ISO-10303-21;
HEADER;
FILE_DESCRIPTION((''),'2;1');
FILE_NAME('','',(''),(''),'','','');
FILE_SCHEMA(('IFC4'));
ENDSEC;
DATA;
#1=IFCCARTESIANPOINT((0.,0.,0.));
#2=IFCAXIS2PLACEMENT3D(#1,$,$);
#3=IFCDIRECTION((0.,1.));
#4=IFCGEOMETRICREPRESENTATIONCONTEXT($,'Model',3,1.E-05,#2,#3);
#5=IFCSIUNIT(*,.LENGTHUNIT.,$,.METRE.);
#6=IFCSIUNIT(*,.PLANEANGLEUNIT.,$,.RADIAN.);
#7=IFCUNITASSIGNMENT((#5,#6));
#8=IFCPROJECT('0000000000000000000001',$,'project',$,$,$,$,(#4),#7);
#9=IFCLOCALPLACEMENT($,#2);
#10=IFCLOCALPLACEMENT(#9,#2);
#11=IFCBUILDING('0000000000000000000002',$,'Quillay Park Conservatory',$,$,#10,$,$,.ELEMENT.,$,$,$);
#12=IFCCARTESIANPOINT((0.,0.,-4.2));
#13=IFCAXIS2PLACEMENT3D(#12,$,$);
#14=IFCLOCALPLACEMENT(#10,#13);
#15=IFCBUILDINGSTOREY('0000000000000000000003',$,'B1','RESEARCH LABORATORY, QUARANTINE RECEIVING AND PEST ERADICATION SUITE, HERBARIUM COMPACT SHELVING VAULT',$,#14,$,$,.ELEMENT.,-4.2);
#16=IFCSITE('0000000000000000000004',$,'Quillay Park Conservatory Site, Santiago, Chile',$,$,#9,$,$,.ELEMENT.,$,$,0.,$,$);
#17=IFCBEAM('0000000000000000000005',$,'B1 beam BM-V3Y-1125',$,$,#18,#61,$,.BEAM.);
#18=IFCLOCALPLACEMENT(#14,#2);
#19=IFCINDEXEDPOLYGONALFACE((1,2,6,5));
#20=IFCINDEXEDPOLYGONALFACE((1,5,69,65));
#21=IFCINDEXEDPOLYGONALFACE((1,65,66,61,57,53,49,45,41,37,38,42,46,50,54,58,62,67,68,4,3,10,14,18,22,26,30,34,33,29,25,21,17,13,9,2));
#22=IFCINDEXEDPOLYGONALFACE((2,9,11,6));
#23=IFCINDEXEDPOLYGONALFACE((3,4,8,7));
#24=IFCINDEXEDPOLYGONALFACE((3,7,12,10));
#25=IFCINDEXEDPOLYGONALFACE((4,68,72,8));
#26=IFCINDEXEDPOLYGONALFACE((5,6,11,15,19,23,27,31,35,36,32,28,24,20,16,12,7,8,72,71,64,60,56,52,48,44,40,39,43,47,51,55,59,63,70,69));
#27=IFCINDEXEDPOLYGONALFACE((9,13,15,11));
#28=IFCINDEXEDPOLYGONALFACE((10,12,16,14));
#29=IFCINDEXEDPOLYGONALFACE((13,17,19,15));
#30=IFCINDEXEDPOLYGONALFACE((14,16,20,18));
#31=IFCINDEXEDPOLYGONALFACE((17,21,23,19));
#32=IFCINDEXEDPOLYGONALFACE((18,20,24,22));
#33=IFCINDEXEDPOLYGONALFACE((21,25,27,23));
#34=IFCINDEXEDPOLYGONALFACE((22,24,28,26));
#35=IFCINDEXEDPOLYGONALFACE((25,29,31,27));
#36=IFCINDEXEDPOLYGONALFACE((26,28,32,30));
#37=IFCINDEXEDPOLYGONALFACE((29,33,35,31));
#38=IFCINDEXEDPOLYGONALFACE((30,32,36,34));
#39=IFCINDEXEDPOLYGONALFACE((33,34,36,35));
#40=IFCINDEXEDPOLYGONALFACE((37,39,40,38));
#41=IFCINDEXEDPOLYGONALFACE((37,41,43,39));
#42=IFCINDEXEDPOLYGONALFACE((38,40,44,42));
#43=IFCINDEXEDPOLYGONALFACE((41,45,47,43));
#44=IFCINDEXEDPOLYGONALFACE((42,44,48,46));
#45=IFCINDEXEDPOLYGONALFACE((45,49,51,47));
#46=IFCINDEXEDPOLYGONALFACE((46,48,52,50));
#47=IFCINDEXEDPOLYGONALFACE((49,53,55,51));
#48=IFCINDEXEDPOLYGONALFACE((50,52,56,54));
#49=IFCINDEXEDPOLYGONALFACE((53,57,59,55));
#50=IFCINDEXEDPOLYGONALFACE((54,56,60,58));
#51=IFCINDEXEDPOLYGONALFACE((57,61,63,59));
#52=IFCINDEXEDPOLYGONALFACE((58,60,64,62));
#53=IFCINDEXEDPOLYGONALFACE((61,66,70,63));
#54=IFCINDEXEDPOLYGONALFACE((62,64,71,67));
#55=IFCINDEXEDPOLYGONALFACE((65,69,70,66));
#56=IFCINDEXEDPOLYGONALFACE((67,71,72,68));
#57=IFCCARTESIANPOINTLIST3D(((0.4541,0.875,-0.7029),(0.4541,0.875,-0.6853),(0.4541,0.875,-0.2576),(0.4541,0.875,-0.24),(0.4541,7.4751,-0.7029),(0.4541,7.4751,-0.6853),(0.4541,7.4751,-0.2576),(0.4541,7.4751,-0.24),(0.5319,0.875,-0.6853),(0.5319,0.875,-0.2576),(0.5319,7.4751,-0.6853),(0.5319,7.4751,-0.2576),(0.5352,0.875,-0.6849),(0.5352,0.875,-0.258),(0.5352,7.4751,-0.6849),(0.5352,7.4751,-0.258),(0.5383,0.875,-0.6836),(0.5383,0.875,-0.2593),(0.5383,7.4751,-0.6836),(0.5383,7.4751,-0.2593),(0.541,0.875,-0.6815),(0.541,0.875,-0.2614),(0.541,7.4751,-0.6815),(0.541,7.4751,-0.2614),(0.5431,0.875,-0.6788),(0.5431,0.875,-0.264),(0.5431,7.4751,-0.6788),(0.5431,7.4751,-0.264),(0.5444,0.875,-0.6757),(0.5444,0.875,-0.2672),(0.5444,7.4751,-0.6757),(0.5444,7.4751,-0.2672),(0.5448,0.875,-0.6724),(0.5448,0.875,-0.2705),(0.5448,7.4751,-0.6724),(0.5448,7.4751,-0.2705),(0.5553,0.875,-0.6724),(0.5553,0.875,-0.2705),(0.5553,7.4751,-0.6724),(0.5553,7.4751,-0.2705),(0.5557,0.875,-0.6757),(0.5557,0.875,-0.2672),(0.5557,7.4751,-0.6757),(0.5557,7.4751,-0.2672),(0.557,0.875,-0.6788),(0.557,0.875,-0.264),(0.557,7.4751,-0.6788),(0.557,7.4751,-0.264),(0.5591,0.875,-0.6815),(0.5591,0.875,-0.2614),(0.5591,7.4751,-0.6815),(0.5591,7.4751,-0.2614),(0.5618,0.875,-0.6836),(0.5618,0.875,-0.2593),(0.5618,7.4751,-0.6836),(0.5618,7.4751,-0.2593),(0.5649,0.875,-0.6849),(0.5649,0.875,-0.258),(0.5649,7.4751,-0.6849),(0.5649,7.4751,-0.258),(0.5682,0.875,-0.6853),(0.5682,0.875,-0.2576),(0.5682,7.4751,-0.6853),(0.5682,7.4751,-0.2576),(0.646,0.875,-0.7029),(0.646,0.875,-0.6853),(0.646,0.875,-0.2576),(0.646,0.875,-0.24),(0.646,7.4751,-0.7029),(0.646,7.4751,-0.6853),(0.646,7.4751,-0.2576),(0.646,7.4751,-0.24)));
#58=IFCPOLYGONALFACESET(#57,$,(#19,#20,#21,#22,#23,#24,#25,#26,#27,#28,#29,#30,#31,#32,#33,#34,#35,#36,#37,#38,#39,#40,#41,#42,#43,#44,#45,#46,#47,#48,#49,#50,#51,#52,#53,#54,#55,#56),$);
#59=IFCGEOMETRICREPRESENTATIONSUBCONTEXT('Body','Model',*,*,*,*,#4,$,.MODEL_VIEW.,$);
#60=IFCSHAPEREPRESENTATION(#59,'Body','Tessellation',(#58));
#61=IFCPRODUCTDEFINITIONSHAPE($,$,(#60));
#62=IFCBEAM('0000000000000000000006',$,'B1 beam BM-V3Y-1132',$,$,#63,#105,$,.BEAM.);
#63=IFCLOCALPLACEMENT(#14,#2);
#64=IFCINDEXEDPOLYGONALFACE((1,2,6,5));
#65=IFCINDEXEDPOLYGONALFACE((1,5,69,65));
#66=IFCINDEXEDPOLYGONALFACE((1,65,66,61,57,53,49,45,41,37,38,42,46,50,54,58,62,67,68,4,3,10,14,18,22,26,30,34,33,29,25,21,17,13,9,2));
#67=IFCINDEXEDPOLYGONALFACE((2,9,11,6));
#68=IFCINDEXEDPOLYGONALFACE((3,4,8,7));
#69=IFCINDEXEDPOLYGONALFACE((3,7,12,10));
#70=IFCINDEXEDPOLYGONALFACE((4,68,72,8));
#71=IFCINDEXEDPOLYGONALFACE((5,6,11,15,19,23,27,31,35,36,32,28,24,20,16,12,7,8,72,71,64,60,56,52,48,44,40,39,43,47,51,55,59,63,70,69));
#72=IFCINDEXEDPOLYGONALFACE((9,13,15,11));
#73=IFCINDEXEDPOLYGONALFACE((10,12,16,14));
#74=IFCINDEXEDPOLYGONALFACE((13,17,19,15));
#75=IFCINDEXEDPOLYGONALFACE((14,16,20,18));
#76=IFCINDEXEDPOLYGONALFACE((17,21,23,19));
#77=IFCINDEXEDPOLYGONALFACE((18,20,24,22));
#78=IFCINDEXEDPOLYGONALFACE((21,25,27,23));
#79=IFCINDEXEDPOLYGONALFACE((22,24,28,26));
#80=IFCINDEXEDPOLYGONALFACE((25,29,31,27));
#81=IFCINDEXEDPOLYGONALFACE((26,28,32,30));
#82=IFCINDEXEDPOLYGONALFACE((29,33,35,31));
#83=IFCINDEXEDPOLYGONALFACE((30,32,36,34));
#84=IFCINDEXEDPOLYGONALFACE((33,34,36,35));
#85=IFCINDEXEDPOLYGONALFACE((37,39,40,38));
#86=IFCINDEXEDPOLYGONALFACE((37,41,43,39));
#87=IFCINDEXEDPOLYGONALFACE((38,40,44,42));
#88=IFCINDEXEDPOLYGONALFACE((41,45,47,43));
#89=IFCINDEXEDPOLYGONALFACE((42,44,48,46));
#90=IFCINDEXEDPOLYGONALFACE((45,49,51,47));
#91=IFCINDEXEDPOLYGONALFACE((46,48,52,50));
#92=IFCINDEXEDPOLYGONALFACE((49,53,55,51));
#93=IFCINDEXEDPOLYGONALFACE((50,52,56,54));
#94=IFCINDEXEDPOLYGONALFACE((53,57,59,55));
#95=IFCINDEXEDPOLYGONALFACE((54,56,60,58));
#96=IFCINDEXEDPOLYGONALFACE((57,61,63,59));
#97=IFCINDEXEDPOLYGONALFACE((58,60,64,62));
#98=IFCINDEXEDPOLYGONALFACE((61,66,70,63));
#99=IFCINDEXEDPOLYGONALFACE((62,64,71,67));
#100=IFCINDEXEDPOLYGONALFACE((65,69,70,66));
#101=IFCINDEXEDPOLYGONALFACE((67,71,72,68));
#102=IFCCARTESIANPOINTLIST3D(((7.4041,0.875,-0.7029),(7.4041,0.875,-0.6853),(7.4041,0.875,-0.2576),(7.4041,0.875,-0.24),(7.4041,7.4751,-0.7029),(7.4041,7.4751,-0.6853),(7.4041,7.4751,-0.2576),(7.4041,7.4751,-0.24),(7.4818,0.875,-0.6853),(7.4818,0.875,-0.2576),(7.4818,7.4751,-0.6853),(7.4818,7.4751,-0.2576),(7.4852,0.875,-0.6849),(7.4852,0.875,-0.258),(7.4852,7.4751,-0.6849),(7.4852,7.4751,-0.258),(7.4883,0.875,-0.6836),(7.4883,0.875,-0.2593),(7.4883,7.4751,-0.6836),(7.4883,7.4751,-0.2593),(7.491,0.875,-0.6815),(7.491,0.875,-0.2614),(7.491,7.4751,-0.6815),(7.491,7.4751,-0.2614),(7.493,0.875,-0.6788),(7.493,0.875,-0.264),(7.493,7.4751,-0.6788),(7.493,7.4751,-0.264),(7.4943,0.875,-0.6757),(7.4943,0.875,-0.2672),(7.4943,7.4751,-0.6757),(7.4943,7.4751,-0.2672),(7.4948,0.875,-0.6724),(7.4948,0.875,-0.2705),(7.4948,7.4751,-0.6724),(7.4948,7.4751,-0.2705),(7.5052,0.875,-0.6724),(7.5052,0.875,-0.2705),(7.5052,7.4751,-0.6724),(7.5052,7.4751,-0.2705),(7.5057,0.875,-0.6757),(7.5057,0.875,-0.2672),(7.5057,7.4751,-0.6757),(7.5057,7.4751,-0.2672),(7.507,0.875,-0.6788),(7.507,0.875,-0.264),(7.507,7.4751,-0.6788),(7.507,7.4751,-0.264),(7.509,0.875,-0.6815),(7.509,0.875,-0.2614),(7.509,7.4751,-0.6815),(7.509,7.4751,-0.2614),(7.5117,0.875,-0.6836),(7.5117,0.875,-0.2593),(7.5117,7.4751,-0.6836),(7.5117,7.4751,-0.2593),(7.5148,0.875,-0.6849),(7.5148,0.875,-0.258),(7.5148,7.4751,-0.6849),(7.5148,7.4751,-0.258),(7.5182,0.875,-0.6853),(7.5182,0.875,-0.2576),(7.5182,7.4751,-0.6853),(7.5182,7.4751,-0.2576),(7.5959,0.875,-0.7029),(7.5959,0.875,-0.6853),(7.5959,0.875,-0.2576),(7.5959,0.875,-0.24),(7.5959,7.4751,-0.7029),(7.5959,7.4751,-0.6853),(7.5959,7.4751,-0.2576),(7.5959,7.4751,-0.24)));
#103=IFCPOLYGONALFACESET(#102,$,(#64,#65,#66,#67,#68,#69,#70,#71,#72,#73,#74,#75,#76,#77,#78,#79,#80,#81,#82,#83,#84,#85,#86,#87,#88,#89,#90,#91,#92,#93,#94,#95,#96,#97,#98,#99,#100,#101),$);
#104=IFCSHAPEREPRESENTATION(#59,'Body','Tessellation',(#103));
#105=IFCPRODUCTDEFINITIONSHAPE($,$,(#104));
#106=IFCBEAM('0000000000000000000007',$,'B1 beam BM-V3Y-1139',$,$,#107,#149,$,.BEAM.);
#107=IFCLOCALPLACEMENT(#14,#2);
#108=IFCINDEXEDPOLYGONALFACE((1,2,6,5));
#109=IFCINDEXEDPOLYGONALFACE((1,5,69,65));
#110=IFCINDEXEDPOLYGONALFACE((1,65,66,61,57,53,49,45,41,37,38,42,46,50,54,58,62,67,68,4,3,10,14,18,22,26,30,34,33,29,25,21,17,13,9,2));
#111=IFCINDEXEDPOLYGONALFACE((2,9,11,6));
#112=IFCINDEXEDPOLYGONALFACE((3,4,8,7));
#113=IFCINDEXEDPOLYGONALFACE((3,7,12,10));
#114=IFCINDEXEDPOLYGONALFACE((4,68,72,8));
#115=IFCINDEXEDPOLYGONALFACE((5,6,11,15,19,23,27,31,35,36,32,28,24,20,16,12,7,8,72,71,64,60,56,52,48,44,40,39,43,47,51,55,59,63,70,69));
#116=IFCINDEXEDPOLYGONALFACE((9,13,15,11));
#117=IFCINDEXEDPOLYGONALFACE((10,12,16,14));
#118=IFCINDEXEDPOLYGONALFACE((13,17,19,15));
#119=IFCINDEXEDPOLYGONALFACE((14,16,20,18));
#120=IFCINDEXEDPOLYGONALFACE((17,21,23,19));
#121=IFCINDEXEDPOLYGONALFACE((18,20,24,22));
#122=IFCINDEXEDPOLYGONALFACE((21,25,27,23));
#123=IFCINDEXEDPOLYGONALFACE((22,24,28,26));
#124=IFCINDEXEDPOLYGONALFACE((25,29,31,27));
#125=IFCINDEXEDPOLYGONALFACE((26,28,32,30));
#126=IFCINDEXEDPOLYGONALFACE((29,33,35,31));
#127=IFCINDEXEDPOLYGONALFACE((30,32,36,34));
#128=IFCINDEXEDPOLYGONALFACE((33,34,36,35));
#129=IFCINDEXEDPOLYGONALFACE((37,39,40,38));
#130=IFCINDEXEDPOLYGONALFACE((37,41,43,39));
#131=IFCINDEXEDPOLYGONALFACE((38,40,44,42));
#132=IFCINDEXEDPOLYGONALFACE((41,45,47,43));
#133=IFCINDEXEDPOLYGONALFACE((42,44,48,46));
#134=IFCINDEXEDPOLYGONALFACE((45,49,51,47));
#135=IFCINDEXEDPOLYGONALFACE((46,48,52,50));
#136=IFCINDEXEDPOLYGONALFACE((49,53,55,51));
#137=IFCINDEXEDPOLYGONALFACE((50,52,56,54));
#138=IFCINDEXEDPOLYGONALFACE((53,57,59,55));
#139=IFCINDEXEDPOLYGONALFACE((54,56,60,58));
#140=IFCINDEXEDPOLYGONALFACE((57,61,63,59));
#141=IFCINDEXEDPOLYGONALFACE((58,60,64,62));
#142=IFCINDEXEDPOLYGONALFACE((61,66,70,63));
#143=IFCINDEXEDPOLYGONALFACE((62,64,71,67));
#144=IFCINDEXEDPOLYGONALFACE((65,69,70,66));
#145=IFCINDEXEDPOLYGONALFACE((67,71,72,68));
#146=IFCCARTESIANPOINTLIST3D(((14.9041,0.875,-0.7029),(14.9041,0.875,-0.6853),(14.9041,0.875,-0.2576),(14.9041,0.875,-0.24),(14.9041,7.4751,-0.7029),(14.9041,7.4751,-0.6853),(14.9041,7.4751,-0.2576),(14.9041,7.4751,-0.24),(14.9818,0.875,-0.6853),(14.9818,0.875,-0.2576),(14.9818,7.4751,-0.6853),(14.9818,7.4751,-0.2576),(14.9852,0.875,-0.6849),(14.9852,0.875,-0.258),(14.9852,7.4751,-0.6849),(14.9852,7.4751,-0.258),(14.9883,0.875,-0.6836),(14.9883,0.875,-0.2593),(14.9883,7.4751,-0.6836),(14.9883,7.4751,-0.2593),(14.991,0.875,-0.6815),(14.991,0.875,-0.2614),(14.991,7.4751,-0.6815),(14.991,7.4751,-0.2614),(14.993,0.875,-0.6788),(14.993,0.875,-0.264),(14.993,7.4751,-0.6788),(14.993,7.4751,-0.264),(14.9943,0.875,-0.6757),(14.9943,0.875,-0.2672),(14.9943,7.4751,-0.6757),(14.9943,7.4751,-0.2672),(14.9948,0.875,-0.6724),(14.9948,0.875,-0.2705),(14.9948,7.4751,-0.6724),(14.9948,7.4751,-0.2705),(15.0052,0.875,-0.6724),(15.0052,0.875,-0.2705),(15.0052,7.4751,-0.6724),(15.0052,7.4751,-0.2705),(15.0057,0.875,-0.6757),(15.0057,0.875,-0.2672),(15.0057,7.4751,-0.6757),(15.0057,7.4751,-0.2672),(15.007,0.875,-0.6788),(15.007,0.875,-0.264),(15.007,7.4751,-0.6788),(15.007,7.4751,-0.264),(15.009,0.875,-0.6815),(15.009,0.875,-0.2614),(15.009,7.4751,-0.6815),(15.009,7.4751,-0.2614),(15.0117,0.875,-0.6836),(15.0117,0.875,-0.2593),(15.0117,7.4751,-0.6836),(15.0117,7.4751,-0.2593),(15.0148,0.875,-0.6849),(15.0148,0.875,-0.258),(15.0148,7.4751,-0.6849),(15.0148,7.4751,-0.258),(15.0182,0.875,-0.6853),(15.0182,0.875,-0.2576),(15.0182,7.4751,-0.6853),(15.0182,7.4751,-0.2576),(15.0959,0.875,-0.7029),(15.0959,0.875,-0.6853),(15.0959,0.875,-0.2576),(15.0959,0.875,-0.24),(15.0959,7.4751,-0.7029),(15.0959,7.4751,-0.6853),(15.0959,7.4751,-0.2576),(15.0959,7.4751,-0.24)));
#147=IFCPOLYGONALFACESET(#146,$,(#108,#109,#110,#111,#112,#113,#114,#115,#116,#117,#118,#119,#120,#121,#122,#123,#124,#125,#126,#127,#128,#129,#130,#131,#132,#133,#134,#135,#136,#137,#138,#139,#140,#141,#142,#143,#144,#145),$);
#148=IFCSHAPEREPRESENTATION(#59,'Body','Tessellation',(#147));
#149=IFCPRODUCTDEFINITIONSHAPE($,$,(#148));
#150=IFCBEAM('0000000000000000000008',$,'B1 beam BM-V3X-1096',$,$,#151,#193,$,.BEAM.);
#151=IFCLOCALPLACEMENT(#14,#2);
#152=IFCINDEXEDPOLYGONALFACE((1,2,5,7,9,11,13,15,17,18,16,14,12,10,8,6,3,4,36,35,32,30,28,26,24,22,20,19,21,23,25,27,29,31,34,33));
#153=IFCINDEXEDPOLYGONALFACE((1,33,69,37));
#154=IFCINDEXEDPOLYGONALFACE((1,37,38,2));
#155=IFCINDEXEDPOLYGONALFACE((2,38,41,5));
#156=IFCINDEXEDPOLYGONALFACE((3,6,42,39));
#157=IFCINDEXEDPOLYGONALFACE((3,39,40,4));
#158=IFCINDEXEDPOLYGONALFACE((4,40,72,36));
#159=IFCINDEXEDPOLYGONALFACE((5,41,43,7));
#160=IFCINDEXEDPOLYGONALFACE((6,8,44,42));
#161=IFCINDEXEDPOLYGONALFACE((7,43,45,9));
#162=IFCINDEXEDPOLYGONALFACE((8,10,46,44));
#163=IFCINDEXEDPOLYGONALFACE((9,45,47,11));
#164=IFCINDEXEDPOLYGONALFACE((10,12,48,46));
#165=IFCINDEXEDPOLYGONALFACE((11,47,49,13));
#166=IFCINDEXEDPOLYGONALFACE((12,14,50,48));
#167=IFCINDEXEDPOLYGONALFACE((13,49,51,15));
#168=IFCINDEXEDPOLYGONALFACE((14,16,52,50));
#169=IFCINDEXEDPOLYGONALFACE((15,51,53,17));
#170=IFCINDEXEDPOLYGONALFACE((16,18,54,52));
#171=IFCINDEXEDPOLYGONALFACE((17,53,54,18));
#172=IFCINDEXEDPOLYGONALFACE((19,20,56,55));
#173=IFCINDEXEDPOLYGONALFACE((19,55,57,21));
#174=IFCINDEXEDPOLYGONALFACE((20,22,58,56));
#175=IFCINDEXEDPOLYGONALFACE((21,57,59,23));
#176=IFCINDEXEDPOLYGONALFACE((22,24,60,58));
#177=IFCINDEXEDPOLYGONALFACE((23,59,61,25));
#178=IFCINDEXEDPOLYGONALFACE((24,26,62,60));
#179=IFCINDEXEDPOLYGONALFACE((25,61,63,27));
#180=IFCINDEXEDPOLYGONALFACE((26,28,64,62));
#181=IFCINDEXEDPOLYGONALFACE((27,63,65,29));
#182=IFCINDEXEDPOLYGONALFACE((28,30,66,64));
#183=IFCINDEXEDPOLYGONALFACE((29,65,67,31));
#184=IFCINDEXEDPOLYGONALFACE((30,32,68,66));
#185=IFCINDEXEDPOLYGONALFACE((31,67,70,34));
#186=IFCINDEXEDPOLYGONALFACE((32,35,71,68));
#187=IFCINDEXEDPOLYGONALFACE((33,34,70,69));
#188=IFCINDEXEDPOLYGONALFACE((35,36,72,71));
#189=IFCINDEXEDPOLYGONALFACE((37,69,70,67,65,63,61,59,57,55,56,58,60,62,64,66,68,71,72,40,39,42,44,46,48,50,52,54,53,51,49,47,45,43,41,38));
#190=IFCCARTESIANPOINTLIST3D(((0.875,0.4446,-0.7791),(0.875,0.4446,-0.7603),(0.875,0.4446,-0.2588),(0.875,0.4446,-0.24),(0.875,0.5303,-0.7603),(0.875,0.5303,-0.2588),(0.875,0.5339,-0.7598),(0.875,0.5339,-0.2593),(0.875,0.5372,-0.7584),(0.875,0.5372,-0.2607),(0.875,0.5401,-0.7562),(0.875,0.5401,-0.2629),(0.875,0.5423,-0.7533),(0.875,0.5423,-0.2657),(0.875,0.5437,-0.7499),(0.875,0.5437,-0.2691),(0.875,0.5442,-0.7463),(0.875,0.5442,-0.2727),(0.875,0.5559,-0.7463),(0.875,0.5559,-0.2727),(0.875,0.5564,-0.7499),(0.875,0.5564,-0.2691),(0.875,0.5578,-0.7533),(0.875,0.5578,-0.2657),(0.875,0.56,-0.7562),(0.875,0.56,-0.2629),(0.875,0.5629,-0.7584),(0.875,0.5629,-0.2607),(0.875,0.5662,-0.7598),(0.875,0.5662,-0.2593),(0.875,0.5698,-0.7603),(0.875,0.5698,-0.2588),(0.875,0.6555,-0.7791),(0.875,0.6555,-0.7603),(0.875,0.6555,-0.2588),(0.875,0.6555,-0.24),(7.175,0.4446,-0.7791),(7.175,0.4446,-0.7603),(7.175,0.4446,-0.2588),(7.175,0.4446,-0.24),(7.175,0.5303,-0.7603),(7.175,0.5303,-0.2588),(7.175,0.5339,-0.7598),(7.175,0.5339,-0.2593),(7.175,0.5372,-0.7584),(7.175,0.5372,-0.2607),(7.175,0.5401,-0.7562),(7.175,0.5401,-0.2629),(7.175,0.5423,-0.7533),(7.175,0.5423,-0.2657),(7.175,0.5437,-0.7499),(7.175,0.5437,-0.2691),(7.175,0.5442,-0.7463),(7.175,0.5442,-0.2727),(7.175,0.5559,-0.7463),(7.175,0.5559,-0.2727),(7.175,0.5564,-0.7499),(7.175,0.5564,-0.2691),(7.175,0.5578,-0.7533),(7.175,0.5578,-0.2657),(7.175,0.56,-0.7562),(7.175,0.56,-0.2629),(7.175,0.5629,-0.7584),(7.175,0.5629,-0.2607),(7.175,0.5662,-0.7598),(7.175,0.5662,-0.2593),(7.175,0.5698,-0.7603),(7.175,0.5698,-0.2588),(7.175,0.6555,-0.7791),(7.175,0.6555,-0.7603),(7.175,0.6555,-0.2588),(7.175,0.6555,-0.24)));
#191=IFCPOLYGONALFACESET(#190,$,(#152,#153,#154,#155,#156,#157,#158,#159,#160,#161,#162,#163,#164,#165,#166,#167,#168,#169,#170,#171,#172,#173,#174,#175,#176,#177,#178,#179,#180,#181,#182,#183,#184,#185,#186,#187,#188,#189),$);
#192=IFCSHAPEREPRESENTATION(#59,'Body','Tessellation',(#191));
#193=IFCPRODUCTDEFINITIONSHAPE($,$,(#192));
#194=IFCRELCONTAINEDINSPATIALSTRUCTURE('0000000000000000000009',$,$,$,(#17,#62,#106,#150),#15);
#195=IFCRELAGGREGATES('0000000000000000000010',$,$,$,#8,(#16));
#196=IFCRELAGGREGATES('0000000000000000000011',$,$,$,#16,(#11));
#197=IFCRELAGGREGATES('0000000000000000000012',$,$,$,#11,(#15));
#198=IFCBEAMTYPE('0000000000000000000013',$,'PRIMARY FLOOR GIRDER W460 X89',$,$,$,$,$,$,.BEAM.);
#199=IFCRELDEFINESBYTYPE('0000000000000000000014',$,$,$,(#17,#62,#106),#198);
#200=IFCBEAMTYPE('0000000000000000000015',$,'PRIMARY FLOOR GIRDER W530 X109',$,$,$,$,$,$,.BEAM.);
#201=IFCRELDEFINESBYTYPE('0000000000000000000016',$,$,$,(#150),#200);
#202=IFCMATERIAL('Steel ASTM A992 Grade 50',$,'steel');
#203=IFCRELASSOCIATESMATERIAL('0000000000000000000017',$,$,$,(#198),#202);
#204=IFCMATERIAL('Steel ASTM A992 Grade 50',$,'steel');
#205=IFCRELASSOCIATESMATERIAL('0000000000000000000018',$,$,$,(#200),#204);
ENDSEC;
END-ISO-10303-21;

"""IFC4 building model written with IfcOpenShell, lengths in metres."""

from ifc_helpers import new_model, si_unit, direction, frame, origin, origin_2d, place, context, subcontext, project, spatial, i_section, extrude, material, material_profile, profile_set, type_object, element, save


model = new_model("IFC4")

# Units and contexts
model_context = context("Model", 3, precision=1e-05, world=origin(), true_north=direction((0.0, 1.0)))
body_context = subcontext(model_context, "Body", "Model", "MODEL_VIEW")
ifc_project = project(units=[si_unit("LENGTHUNIT", "METRE"), si_unit("PLANEANGLEUNIT", "RADIAN")], contexts=[model_context])

# Site, building, storey
site_placement = place(None, origin())
site = spatial("IfcSite", under=ifc_project, at=site_placement, Name="Quillay Park Conservatory Site, Santiago, Chile", CompositionType="ELEMENT", RefElevation=0.0)
building_placement = place(site_placement, origin())
building = spatial("IfcBuilding", under=site, at=building_placement, Name="Quillay Park Conservatory", CompositionType="ELEMENT")
storey_placement = place(building_placement, frame((0.0, 0.0, -4.2)))
storey = spatial("IfcBuildingStorey", under=building, at=storey_placement, Name="B1", Description="RESEARCH LABORATORY, QUARANTINE RECEIVING AND PEST ERADICATION SUITE, HERBARIUM COMPACT SHELVING VAULT", CompositionType="ELEMENT", Elevation=-4.2)

# Beams
ifc_material_1 = material(Name="Steel ASTM A992 Grade 50", Category="steel")
ifc_material_profile_1 = material_profile(ifc_material_1, i_section(OverallWidth=0.1919, OverallDepth=0.4629, WebThickness=0.0105, FlangeThickness=0.0176, FilletRadius=0.0129, at=origin_2d()), Name="W460x89")
ifc_profile_set_1 = profile_set([ifc_material_profile_1], Name="Steel ASTM A992 Grade 50")
beam_type_1 = type_object("IfcBeamType", Name="PRIMARY FLOOR GIRDER W460 X89", PredefinedType="BEAM", material=ifc_profile_set_1)
for number, where, z_axis, x_axis, name in (
    (1, (0.55, 0.875, -0.4714), (0.0, 1.0, 0.0), (-1.0, 0.0, 0.0), "B1 beam BM-V3Y-1125"),
    (2, (7.5, 0.875, -0.4714), (0.0, 1.0, 0.0), (-1.0, 0.0, 0.0), "B1 beam BM-V3Y-1132"),
    (3, (15.0, 0.875, -0.4714), (0.0, 1.0, 0.0), (-1.0, 0.0, 0.0), "B1 beam BM-V3Y-1139"),
):
    element("IfcBeam", number, at=place(storey_placement, frame(where, z_axis=z_axis, x_axis=x_axis)), inside=storey, type_object=beam_type_1, Name=name, PredefinedType="BEAM", context=body_context, shape_type="SweptSolid", body=[
        extrude(i_section(OverallWidth=0.1919, OverallDepth=0.4629, WebThickness=0.0105, FlangeThickness=0.0176, FilletRadius=0.0129, at=origin_2d()), origin(), (0.0, 0.0, 1.0), 6.6001),
    ])
ifc_material_2 = material(Name="Steel ASTM A992 Grade 50", Category="steel")
ifc_material_profile_2 = material_profile(ifc_material_2, i_section(OverallWidth=0.2109, OverallDepth=0.5391, WebThickness=0.0117, FlangeThickness=0.0188, FilletRadius=0.0139, at=origin_2d()), Name="W530x109")
ifc_profile_set_2 = profile_set([ifc_material_profile_2], Name="Steel ASTM A992 Grade 50")
beam_type_2 = type_object("IfcBeamType", Name="PRIMARY FLOOR GIRDER W530 X109", PredefinedType="BEAM", material=ifc_profile_set_2)
beam_1_placement = place(storey_placement, frame((0.875, 0.55, -0.5095), z_axis=(1.0, 0.0, 0.0), x_axis=(0.0, 1.0, 0.0)))
element("IfcBeam", 4, at=beam_1_placement, inside=storey, type_object=beam_type_2, Name="B1 beam BM-V3X-1096", PredefinedType="BEAM", context=body_context, shape_type="SweptSolid", body=[
    extrude(i_section(OverallWidth=0.2109, OverallDepth=0.5391, WebThickness=0.0117, FlangeThickness=0.0188, FilletRadius=0.0139, at=origin_2d()), origin(), (0.0, 0.0, 1.0), 6.3),
])

save(model, "model.ifc")
